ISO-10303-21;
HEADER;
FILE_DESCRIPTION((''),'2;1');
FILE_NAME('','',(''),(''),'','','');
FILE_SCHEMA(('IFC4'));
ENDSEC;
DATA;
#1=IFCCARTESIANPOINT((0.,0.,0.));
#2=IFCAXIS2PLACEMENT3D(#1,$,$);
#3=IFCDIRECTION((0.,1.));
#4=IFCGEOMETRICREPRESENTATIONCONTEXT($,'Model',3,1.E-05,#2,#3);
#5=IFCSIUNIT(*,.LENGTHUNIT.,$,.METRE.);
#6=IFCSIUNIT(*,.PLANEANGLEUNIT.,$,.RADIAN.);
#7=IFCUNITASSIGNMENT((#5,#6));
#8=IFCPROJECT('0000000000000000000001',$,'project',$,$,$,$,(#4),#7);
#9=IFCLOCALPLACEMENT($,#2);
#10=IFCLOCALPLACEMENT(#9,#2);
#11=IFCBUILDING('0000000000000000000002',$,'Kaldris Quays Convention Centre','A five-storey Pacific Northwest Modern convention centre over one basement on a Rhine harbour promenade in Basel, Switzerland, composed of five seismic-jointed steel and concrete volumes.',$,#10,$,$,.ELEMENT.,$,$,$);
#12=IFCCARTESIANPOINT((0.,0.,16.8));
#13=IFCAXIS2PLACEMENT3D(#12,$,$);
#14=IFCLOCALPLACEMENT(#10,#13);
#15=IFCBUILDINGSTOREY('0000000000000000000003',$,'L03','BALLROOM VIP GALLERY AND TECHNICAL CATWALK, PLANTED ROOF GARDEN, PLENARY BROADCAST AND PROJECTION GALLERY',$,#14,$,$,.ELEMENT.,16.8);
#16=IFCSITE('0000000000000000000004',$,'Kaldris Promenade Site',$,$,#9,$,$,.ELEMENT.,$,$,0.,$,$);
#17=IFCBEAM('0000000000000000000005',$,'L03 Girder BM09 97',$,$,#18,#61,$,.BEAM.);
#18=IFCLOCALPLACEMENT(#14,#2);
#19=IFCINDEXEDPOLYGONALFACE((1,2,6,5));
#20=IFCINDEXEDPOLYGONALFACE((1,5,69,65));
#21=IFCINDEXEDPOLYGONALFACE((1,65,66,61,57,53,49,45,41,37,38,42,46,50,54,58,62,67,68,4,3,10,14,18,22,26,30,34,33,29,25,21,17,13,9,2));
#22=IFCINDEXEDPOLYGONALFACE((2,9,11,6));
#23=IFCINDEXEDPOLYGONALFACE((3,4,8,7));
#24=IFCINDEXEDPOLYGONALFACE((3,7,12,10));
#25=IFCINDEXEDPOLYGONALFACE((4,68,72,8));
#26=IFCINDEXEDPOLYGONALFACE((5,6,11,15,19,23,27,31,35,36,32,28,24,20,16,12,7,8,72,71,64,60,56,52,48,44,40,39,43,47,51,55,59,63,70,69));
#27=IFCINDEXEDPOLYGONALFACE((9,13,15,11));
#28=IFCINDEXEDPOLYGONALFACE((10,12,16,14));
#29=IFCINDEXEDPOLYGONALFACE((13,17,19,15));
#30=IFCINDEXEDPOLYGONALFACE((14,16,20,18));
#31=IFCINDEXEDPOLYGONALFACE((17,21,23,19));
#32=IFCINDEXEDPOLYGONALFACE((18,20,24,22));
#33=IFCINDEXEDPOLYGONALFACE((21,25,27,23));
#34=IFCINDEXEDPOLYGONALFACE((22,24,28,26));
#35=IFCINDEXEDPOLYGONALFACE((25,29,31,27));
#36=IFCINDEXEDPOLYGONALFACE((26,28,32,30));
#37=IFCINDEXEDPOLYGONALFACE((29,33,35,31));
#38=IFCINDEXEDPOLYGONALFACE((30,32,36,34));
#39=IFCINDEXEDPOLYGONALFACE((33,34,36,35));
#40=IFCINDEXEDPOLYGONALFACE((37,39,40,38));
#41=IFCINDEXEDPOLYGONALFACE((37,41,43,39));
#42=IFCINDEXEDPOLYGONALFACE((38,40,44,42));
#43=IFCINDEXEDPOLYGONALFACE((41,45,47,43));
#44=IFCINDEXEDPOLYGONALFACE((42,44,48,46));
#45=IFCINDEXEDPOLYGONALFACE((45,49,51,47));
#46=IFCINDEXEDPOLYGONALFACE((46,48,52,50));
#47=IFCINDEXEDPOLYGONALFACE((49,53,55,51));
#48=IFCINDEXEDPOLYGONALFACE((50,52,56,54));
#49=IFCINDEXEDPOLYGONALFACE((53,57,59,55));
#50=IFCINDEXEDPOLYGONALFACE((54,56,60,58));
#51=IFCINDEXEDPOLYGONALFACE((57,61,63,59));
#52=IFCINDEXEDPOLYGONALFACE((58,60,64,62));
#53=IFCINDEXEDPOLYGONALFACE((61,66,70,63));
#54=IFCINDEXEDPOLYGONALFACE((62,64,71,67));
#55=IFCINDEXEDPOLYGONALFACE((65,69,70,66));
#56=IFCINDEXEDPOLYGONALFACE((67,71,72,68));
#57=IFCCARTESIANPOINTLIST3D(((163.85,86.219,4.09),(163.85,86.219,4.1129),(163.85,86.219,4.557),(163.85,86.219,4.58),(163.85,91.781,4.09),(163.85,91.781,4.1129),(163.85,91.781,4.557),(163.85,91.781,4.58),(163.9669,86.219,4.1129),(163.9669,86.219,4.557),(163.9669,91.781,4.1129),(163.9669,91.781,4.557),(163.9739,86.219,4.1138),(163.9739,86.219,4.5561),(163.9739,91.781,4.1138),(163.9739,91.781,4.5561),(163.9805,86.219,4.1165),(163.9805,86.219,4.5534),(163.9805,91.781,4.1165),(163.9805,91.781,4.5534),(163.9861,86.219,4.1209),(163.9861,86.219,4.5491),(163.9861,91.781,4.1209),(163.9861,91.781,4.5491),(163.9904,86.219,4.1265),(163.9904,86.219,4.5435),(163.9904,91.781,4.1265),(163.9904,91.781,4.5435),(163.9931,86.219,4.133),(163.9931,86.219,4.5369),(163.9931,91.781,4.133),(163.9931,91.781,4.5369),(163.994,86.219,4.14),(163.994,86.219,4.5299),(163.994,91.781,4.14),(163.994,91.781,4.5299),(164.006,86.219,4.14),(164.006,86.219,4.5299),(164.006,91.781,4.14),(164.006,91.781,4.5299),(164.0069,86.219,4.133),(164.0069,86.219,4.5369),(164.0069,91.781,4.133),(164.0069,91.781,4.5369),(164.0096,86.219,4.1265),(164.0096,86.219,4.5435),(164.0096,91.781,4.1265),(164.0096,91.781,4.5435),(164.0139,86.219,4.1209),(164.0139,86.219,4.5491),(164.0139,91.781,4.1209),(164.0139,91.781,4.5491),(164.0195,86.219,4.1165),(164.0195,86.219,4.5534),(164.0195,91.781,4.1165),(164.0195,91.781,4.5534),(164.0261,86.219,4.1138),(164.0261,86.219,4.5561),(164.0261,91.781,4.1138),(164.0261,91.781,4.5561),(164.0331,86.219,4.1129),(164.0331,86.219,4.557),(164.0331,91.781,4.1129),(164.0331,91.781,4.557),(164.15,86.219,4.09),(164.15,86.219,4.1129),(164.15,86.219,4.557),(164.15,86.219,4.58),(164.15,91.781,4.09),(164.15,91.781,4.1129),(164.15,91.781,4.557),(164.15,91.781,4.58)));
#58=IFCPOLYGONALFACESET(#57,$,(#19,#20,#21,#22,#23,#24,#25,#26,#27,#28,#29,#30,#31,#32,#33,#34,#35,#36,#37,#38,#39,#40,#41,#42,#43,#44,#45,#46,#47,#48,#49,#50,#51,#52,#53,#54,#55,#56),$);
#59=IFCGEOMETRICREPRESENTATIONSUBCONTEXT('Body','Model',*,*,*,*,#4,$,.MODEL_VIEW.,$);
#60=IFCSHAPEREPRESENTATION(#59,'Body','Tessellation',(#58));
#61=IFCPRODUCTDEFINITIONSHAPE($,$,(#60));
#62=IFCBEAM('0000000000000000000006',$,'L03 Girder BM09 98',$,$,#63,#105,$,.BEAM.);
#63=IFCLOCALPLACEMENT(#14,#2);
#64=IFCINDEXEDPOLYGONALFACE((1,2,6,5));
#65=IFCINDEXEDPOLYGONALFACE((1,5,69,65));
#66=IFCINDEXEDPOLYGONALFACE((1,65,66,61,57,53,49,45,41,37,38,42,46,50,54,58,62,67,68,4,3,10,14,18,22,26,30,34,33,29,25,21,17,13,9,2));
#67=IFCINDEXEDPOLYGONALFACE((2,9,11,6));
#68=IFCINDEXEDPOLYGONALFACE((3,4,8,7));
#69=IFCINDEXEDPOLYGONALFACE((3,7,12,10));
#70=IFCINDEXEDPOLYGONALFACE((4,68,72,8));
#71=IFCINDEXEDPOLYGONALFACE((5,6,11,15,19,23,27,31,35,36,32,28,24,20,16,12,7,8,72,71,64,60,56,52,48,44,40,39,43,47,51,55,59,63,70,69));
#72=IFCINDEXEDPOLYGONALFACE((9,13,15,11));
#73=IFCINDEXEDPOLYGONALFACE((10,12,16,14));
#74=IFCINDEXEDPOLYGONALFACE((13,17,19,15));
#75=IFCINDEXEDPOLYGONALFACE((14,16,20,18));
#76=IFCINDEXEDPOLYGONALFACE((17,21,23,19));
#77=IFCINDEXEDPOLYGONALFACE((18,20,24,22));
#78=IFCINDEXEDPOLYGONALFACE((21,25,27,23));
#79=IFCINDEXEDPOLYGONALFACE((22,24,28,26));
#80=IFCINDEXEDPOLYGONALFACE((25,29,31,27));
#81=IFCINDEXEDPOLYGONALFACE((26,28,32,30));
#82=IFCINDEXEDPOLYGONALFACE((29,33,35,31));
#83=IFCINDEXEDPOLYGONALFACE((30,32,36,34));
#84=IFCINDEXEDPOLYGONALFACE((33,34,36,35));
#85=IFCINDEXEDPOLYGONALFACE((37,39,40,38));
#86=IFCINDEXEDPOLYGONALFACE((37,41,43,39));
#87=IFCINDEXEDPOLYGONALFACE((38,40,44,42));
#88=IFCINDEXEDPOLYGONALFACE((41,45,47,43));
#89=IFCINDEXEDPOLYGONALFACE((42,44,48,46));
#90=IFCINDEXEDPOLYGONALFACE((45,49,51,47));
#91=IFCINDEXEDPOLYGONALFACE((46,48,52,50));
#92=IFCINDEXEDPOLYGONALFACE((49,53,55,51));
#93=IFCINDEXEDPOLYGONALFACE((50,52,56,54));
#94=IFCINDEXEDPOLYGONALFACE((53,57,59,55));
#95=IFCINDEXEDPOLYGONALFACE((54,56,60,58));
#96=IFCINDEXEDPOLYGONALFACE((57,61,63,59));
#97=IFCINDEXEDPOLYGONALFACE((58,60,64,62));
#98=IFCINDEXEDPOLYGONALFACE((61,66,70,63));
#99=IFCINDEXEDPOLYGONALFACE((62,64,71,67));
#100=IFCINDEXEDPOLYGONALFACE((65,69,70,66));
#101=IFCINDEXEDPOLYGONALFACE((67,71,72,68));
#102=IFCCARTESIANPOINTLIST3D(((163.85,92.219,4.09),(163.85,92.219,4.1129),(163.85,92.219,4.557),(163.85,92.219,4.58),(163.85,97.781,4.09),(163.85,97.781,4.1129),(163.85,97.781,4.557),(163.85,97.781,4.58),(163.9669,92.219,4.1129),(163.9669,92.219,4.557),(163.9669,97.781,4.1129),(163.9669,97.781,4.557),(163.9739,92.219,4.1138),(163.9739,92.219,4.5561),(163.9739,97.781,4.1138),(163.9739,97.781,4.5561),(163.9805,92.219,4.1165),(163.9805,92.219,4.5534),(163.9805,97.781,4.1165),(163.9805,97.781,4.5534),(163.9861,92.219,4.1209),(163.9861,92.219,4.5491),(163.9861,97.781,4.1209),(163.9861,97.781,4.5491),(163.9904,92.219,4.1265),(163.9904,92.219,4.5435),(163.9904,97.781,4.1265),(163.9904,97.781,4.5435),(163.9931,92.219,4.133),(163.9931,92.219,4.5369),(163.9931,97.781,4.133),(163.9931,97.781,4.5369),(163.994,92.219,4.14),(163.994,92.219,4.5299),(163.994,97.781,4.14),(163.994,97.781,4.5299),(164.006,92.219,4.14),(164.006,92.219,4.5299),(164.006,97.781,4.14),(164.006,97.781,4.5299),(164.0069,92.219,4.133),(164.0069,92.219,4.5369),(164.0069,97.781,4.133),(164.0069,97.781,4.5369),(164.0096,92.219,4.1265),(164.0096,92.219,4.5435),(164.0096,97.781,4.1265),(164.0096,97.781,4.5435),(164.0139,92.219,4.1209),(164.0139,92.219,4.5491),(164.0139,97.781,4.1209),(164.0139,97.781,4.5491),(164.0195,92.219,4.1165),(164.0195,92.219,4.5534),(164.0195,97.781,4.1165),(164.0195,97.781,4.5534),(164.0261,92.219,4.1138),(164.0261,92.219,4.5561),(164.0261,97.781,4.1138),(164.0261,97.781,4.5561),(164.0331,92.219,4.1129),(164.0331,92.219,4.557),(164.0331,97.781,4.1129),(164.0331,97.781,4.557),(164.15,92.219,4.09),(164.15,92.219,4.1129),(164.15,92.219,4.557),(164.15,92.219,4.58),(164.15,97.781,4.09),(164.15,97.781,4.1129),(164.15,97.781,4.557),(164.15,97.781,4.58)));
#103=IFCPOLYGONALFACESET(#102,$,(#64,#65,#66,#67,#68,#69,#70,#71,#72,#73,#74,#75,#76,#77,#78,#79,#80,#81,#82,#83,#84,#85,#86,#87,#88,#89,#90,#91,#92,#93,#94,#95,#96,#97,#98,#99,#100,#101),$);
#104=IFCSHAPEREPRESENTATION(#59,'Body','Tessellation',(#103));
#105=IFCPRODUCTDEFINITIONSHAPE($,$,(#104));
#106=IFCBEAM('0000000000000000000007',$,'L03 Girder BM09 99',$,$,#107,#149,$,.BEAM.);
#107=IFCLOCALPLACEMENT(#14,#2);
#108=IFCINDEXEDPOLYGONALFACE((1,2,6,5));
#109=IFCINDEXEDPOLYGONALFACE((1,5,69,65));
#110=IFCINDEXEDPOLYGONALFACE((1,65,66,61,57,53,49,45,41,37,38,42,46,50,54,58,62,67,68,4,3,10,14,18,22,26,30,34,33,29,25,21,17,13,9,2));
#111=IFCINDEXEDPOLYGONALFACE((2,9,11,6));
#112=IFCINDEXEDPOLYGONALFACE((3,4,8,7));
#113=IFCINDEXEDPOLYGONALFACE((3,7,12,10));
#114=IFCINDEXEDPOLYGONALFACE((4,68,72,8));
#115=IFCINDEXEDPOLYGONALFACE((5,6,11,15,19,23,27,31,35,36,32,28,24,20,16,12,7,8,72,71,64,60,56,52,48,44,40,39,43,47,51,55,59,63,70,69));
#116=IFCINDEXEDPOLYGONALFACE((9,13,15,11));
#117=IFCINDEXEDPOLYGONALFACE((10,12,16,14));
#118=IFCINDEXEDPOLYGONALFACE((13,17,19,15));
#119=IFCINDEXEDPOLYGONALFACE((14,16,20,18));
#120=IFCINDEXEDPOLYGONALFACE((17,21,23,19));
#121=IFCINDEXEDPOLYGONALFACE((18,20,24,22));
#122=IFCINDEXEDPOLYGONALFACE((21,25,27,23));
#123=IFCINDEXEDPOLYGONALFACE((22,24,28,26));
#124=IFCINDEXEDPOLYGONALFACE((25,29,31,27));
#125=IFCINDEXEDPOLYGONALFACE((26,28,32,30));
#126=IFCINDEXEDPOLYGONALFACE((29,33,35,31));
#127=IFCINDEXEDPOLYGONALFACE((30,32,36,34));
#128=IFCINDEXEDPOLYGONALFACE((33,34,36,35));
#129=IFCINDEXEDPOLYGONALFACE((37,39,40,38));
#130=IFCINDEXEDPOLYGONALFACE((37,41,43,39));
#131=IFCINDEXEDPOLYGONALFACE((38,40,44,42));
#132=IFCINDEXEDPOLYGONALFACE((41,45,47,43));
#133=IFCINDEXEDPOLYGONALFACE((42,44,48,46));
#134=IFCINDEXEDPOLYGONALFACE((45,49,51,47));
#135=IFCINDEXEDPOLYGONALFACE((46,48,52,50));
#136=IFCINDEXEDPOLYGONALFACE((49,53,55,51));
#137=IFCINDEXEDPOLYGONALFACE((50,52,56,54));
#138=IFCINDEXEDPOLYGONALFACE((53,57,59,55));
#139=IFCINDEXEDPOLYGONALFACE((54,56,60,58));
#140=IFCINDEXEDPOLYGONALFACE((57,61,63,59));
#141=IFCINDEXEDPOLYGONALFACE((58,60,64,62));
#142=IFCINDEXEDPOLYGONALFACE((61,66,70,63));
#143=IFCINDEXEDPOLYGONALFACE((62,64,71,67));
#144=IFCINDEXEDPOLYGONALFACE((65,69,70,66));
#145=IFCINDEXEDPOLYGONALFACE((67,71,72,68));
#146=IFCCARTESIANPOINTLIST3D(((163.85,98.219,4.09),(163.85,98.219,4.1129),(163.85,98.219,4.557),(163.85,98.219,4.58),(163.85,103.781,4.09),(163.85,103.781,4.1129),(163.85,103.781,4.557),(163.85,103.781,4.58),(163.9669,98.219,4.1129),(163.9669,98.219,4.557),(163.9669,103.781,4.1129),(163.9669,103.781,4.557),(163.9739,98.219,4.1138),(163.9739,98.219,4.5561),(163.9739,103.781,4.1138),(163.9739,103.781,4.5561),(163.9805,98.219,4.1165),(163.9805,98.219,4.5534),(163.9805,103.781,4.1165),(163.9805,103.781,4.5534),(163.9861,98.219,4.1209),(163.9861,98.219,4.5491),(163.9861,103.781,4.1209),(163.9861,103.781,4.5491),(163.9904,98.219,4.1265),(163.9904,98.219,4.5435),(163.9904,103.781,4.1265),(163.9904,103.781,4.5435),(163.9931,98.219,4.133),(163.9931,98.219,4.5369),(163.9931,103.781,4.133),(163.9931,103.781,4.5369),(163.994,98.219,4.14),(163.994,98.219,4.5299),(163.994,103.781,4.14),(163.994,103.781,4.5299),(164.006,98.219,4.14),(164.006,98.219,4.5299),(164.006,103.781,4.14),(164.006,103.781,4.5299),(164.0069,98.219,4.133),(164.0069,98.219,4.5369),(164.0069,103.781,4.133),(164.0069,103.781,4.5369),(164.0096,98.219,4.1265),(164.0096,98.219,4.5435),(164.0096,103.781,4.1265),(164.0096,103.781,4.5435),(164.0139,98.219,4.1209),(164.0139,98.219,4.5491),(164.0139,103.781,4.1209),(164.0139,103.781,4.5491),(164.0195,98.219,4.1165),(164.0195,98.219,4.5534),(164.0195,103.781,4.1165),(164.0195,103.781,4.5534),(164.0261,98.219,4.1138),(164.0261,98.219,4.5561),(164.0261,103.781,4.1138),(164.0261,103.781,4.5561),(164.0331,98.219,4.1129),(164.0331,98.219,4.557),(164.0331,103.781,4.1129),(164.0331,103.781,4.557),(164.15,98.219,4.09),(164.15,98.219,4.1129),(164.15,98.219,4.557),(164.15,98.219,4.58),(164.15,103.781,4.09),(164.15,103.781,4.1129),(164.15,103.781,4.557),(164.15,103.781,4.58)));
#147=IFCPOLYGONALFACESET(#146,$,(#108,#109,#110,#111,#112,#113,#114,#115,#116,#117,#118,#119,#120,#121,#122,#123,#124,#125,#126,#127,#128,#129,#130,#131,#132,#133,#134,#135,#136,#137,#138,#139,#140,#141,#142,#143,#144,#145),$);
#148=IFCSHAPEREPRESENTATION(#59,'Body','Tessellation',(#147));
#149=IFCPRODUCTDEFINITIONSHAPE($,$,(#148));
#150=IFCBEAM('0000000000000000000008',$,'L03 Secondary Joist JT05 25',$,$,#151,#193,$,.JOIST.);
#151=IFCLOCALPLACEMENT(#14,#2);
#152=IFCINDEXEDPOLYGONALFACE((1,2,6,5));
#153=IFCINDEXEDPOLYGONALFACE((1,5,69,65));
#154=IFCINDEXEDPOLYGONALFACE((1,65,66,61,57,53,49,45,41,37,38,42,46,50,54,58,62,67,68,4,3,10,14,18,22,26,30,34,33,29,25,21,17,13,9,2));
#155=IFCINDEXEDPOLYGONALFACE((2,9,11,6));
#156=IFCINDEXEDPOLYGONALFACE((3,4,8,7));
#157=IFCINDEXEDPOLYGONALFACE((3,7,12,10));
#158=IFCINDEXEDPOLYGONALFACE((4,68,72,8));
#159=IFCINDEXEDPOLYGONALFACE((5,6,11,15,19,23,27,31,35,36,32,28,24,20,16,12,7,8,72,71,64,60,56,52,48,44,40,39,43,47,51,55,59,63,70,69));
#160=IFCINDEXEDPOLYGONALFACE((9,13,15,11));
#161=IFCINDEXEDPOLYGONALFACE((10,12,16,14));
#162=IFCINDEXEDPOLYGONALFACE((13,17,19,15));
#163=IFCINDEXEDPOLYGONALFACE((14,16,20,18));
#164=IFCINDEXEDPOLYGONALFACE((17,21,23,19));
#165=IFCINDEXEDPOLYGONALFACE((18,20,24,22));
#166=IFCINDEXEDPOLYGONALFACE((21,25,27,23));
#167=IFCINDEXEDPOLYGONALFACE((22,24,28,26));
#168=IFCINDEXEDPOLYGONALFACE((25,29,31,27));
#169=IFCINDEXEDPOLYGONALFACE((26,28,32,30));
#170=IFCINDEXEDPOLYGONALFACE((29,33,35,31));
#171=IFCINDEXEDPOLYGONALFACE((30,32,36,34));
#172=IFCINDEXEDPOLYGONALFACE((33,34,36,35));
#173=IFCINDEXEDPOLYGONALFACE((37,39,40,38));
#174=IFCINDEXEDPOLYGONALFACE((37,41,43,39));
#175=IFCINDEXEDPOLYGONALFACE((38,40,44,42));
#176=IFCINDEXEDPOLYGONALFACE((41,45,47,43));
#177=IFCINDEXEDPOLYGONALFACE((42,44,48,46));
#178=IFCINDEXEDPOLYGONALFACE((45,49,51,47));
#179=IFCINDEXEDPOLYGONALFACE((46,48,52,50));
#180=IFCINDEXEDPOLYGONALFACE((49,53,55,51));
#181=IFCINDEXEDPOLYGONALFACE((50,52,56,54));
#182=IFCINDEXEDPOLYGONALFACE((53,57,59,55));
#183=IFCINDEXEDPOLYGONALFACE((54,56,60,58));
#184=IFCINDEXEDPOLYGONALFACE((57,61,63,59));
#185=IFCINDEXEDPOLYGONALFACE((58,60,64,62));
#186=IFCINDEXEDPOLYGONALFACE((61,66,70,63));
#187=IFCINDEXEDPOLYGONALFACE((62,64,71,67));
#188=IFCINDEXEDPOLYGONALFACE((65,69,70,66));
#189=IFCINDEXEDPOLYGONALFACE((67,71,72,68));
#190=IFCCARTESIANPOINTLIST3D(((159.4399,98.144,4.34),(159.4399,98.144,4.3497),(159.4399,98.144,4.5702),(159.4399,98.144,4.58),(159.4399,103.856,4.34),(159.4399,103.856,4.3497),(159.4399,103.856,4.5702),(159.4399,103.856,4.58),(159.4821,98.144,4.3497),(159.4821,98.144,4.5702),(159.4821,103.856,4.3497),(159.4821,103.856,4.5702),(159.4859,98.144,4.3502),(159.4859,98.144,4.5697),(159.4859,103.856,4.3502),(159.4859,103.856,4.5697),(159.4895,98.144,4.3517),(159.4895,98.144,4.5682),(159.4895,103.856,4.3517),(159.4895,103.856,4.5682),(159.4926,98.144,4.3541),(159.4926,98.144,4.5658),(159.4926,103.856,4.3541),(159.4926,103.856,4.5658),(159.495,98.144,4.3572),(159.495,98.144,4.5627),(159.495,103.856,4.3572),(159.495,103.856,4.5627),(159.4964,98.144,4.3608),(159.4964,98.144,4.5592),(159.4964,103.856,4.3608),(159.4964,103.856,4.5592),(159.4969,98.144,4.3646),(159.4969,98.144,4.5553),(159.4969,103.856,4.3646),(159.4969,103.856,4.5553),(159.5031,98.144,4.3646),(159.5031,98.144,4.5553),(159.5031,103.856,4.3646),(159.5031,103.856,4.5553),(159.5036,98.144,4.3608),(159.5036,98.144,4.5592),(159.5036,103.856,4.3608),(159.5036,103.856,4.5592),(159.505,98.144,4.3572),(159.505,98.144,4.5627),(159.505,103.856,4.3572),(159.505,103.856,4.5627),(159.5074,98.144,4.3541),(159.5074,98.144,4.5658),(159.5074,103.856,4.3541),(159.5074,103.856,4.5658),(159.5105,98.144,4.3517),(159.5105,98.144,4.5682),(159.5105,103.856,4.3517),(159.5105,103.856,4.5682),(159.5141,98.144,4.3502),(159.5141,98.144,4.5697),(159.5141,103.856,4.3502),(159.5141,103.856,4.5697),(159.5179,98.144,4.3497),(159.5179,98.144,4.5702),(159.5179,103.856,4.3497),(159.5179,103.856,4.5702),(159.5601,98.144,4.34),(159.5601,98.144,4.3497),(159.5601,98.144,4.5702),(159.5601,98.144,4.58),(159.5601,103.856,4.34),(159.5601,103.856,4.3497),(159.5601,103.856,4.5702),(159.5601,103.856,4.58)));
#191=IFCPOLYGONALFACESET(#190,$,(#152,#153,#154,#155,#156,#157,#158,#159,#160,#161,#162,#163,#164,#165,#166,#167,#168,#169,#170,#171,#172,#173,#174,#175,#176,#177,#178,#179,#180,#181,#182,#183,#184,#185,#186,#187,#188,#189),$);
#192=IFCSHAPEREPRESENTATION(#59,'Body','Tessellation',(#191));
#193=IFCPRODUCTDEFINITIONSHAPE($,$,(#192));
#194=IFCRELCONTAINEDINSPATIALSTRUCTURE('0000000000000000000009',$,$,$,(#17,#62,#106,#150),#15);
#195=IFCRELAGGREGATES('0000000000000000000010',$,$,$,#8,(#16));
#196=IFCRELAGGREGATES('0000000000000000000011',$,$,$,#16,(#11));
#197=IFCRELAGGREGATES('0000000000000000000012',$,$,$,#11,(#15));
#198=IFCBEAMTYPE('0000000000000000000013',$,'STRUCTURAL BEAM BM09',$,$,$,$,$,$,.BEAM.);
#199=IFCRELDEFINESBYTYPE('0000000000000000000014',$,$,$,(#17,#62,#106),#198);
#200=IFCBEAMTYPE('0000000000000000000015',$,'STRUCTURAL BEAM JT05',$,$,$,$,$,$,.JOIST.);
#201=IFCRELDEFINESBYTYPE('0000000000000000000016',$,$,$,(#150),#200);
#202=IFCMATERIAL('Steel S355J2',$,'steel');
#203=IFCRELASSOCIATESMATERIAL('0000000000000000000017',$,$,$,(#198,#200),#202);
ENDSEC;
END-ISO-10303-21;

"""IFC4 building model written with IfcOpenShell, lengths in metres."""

from ifc_helpers import new_model, si_unit, direction, frame, origin, origin_2d, place, context, subcontext, project, spatial, i_section, extrude, material, material_profile, profile_set, type_object, element, save


model = new_model("IFC4")

# Units and contexts
model_context = context("Model", 3, precision=1e-05, world=origin(), true_north=direction((0.0, 1.0)))
body_context = subcontext(model_context, "Body", "Model", "MODEL_VIEW")
ifc_project = project(units=[si_unit("LENGTHUNIT", "METRE"), si_unit("PLANEANGLEUNIT", "RADIAN")], contexts=[model_context])

# Site, building, storey
site_placement = place(None, origin())
site = spatial("IfcSite", under=ifc_project, at=site_placement, Name="Kaldris Promenade Site", CompositionType="ELEMENT", RefElevation=0.0)
building_placement = place(site_placement, origin())
building = spatial("IfcBuilding", under=site, at=building_placement, Name="Kaldris Quays Convention Centre", Description="A five-storey Pacific Northwest Modern convention centre over one basement on a Rhine harbour promenade in Basel, Switzerland, composed of five seismic-jointed steel and concrete volumes.", CompositionType="ELEMENT")
storey_placement = place(building_placement, frame((0.0, 0.0, 16.8)))
storey = spatial("IfcBuildingStorey", under=building, at=storey_placement, Name="L03", Description="BALLROOM VIP GALLERY AND TECHNICAL CATWALK, PLANTED ROOF GARDEN, PLENARY BROADCAST AND PROJECTION GALLERY", CompositionType="ELEMENT", Elevation=16.8)

# Shared definitions
ifc_material_1 = material(Name="Steel S355J2", Category="steel")

# Beams
ifc_material_profile_1 = material_profile(ifc_material_1, i_section(OverallWidth=0.3, OverallDepth=0.49, WebThickness=0.012, FlangeThickness=0.0229, FilletRadius=0.0271, at=origin_2d()), Name="HEA 500")
ifc_profile_set_1 = profile_set([ifc_material_profile_1], Name="Steel S355J2")
beam_type_1 = type_object("IfcBeamType", Name="STRUCTURAL BEAM BM09", PredefinedType="BEAM", material=ifc_profile_set_1)
for number, where, z_axis, x_axis, name in (
    (1, (164.0, 86.219, 4.335), (0.0, 1.0, 0.0), (-1.0, 0.0, 0.0), "L03 Girder BM09 97"),
    (2, (164.0, 92.219, 4.335), (0.0, 1.0, 0.0), (-1.0, 0.0, 0.0), "L03 Girder BM09 98"),
    (3, (164.0, 98.219, 4.335), (0.0, 1.0, 0.0), (-1.0, 0.0, 0.0), "L03 Girder BM09 99"),
):
    element("IfcBeam", number, at=place(storey_placement, frame(where, z_axis=z_axis, x_axis=x_axis)), inside=storey, type_object=beam_type_1, Name=name, PredefinedType="BEAM", context=body_context, shape_type="SweptSolid", body=[
        extrude(i_section(OverallWidth=0.3, OverallDepth=0.49, WebThickness=0.012, FlangeThickness=0.0229, FilletRadius=0.0271, at=origin_2d()), origin(), (0.0, 0.0, 1.0), 5.562),
    ])
ifc_material_profile_2 = material_profile(ifc_material_1, i_section(OverallWidth=0.1201, OverallDepth=0.24, WebThickness=0.0061, FlangeThickness=0.0098, FilletRadius=0.0149, at=origin_2d()), Name="IPE 240")
ifc_profile_set_2 = profile_set([ifc_material_profile_2], Name="Steel S355J2")
beam_type_2 = type_object("IfcBeamType", Name="STRUCTURAL BEAM JT05", PredefinedType="JOIST", material=ifc_profile_set_2)
beam_placement = place(storey_placement, frame((159.5, 98.144, 4.46), z_axis=(0.0, 1.0, 0.0), x_axis=(-1.0, 0.0, 0.0)))
element("IfcBeam", 4, at=beam_placement, inside=storey, type_object=beam_type_2, Name="L03 Secondary Joist JT05 25", PredefinedType="JOIST", context=body_context, shape_type="SweptSolid", body=[
    extrude(i_section(OverallWidth=0.1201, OverallDepth=0.24, WebThickness=0.0061, FlangeThickness=0.0098, FilletRadius=0.0149, at=origin_2d()), origin(), (0.0, 0.0, 1.0), 5.7119),
])

save(model, "model.ifc")
